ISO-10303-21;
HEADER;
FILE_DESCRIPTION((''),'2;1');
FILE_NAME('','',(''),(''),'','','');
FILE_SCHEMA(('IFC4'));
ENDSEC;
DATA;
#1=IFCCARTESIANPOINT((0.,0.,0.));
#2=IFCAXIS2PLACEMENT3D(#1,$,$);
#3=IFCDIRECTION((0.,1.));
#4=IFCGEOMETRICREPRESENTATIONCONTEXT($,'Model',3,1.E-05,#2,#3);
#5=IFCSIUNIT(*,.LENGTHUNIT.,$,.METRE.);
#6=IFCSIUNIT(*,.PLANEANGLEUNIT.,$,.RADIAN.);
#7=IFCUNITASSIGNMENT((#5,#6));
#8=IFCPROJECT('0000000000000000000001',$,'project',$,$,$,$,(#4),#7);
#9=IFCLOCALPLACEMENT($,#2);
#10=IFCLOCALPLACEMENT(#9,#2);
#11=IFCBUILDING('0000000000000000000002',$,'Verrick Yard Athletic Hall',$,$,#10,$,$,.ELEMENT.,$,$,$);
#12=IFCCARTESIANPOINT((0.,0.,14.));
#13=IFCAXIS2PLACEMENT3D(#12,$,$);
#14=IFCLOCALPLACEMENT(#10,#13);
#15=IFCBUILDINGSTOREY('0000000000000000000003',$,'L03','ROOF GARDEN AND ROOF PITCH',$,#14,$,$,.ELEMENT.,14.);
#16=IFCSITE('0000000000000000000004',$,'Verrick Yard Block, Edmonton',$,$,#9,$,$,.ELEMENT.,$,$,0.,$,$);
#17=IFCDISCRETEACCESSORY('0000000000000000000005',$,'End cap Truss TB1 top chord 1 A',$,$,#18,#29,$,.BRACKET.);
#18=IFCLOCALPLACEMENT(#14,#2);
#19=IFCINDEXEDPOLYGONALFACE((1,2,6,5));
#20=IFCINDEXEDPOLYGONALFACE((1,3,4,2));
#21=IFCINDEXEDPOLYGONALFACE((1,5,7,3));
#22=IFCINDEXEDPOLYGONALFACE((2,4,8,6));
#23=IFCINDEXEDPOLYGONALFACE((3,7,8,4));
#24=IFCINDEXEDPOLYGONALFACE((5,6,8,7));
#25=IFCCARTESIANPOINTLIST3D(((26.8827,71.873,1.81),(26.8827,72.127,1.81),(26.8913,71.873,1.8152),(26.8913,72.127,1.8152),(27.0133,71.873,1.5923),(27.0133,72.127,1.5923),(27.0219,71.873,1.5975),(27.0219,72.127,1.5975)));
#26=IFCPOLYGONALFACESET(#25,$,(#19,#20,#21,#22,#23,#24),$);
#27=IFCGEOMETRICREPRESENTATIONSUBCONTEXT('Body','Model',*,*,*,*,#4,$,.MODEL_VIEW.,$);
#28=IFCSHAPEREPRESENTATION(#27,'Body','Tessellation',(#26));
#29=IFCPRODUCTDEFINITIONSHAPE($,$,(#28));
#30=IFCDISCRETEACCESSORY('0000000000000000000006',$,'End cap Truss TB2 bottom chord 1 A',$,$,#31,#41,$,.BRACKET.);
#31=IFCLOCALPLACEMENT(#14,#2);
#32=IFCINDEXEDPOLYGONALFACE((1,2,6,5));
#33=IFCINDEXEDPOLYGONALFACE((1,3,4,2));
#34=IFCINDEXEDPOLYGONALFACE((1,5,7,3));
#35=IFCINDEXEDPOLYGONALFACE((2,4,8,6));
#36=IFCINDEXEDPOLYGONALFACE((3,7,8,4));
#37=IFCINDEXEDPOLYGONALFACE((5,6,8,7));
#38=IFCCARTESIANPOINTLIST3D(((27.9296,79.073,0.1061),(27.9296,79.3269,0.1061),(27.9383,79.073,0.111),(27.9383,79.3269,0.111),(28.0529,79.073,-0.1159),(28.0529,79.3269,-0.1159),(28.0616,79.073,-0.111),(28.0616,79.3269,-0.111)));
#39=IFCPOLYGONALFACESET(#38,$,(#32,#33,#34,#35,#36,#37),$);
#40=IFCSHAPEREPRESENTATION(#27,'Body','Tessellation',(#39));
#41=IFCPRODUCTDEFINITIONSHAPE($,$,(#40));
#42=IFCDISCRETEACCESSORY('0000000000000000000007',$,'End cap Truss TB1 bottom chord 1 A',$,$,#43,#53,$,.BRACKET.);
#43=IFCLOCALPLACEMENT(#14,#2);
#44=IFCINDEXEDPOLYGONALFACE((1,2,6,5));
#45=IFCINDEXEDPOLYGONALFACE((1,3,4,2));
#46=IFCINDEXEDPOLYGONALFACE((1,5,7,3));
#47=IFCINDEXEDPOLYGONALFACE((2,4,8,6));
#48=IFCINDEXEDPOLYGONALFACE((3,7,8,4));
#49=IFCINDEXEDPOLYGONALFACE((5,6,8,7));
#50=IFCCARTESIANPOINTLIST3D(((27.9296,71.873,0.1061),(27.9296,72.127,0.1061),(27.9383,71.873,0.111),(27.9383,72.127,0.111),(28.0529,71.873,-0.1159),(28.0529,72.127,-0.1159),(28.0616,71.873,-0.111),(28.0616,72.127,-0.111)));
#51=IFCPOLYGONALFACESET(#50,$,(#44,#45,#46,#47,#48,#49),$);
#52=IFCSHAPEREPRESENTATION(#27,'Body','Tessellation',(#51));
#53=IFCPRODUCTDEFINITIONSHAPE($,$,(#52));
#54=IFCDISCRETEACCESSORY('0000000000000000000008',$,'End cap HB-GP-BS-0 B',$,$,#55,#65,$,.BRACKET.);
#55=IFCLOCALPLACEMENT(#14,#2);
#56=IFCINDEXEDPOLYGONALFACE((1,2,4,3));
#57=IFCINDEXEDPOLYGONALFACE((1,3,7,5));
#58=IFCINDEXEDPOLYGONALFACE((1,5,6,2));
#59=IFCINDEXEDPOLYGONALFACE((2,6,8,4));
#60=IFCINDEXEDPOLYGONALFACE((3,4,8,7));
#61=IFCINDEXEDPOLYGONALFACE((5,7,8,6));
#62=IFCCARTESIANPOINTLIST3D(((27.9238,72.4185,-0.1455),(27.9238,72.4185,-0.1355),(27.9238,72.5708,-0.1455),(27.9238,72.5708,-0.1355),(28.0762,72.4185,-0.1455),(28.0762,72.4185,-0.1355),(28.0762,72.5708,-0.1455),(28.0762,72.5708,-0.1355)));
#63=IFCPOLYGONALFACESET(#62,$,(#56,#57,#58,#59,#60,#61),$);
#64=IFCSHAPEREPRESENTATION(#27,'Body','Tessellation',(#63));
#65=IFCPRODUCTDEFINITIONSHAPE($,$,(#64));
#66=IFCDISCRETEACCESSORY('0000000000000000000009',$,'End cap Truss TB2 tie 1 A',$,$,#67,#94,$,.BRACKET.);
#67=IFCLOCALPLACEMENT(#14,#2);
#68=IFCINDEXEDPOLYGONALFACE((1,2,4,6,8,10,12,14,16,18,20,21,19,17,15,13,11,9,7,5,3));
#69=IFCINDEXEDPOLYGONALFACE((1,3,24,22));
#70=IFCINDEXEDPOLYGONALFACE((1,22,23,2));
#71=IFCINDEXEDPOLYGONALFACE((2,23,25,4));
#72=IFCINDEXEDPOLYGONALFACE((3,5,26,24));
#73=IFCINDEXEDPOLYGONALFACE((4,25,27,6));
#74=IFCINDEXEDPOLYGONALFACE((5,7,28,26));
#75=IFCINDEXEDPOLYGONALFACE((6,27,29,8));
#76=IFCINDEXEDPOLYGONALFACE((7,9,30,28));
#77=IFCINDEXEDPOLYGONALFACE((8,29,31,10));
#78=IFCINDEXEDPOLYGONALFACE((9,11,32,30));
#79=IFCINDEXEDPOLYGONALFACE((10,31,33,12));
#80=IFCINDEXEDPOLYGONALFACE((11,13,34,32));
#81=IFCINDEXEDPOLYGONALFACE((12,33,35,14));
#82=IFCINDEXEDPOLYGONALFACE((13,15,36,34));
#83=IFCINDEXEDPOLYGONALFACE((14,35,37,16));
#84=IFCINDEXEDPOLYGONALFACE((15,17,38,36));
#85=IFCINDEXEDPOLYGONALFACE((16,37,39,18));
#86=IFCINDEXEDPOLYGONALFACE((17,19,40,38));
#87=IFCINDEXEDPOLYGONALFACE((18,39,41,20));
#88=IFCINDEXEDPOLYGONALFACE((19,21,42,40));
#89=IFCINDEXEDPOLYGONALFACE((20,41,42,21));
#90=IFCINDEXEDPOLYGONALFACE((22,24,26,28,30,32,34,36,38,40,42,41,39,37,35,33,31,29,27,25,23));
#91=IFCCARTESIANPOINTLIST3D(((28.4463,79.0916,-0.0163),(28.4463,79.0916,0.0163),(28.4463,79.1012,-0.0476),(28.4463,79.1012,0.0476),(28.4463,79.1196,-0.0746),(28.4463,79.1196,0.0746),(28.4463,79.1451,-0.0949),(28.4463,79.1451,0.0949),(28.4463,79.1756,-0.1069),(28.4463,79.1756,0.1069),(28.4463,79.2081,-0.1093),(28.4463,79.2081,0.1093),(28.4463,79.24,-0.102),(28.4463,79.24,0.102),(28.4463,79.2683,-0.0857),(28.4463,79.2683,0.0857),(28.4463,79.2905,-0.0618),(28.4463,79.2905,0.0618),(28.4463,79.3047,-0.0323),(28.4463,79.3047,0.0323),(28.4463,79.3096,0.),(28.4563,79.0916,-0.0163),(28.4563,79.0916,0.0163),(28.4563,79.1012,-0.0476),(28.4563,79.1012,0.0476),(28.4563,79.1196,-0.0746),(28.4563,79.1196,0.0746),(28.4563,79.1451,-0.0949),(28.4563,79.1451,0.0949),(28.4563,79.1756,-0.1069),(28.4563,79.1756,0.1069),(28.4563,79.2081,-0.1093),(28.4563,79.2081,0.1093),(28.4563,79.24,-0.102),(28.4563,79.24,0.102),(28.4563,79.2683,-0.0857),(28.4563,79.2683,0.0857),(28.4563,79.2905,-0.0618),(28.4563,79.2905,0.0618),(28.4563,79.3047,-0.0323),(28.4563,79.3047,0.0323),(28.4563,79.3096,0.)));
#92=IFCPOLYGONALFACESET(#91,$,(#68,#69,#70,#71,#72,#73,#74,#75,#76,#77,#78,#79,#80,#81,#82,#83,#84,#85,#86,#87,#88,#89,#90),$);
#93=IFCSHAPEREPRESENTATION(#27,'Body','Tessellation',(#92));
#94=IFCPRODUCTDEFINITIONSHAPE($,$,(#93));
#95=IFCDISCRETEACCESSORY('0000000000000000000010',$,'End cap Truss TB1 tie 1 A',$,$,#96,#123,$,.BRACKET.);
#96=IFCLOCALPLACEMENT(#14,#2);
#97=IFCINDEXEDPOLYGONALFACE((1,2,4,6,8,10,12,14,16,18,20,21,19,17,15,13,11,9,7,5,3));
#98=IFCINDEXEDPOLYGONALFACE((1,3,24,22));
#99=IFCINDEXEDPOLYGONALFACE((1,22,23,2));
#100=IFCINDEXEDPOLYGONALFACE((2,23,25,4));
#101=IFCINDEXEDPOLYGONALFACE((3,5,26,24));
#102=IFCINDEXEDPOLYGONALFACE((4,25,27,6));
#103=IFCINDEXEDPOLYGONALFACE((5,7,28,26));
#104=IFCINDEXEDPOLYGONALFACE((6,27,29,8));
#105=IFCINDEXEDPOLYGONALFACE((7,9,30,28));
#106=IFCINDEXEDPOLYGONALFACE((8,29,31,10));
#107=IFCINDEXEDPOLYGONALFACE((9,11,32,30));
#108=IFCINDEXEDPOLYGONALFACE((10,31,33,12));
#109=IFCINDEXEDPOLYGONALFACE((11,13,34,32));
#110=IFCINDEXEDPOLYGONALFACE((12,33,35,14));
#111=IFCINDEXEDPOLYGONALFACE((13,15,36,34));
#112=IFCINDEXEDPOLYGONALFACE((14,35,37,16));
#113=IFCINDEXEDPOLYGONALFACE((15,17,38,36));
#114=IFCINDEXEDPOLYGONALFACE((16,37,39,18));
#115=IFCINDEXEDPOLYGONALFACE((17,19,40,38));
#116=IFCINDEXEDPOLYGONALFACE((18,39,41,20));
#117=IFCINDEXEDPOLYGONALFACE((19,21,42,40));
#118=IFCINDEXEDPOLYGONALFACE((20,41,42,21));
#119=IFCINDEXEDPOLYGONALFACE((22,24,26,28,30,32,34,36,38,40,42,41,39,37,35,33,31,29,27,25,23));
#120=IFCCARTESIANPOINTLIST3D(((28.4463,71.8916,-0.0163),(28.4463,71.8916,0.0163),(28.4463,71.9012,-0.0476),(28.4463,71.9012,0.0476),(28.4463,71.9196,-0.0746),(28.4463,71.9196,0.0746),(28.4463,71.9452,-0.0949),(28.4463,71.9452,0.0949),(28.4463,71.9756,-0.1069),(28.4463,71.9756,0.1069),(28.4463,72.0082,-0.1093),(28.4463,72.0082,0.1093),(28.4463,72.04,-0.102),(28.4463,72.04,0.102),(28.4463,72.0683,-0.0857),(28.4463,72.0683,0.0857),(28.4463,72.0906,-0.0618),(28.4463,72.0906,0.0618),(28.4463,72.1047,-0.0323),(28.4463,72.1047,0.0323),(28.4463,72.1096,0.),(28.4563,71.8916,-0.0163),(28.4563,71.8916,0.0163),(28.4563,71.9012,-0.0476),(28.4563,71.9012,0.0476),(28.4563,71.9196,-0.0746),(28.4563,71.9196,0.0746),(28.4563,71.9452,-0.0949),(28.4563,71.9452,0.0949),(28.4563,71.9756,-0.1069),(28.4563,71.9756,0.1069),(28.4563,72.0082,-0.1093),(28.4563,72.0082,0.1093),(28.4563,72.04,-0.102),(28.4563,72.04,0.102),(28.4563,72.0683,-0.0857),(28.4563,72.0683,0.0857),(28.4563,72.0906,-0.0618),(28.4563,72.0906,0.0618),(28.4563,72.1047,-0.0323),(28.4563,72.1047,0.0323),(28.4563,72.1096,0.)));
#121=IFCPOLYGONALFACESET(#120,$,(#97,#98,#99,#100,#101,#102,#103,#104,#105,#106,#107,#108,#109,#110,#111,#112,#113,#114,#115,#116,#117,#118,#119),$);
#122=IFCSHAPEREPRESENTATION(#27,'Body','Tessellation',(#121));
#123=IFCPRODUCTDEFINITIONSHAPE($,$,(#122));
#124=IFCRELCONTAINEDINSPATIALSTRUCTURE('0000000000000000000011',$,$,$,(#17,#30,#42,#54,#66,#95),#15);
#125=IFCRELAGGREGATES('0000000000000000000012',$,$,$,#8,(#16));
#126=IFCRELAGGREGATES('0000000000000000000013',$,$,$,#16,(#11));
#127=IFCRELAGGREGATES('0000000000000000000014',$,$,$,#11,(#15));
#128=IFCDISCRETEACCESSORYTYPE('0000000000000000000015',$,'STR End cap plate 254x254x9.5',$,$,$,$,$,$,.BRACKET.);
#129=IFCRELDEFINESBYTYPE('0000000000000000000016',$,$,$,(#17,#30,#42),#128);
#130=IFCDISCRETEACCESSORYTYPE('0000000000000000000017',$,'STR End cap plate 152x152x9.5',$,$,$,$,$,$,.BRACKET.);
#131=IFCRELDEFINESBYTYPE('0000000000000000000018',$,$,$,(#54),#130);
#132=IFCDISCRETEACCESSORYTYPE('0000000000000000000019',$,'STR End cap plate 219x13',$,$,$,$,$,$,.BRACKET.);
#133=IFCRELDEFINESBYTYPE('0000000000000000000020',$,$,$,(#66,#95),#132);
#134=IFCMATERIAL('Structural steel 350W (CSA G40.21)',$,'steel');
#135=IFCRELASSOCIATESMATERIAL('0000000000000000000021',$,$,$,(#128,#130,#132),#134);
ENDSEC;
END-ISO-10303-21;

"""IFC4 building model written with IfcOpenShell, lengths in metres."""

from ifc_helpers import new_model, si_unit, direction, frame, origin, origin_2d, place, context, subcontext, project, spatial, rectangle, circle, extrude, material, material_profile, profile_set, type_object, element, save


model = new_model("IFC4")

# Units and contexts
model_context = context("Model", 3, precision=1e-05, world=origin(), true_north=direction((0.0, 1.0)))
body_context = subcontext(model_context, "Body", "Model", "MODEL_VIEW")
ifc_project = project(units=[si_unit("LENGTHUNIT", "METRE"), si_unit("PLANEANGLEUNIT", "RADIAN")], contexts=[model_context])

# Site, building, storey
site_placement = place(None, origin())
site = spatial("IfcSite", under=ifc_project, at=site_placement, Name="Verrick Yard Block, Edmonton", CompositionType="ELEMENT", RefElevation=0.0)
building_placement = place(site_placement, origin())
building = spatial("IfcBuilding", under=site, at=building_placement, Name="Verrick Yard Athletic Hall", CompositionType="ELEMENT")
storey_placement = place(building_placement, frame((0.0, 0.0, 14.0)))
storey = spatial("IfcBuildingStorey", under=building, at=storey_placement, Name="L03", Description="ROOF GARDEN AND ROOF PITCH", CompositionType="ELEMENT", Elevation=14.0)

# Discrete accessories
ifc_material_1 = material(Name="Structural steel 350W (CSA G40.21)", Category="steel")
ifc_material_profile_1 = material_profile(ifc_material_1, rectangle(XDim=0.2539, YDim=0.2539, at=origin_2d()), Name="STR End cap plate 254x254x9.5")
ifc_profile_set_1 = profile_set([ifc_material_profile_1], Name="Structural steel 350W (CSA G40.21)")
discrete_accessory_type_1 = type_object("IfcDiscreteAccessoryType", Name="STR End cap plate 254x254x9.5", PredefinedType="BRACKET", material=ifc_profile_set_1)
for number, where, z_axis, x_axis, name in (
    (1, (26.948, 72.0, 1.7012), (0.857493, 0.0, 0.514496), (0.0, 1.0, 0.0), "End cap Truss TB1 top chord 1 A"),
    (2, (27.9912, 79.2, -0.0049), (0.874157, 0.0, 0.485643), (0.0, 1.0, 0.0), "End cap Truss TB2 bottom chord 1 A"),
    (3, (27.9912, 72.0, -0.0049), (0.874157, 0.0, 0.485643), (0.0, 1.0, 0.0), "End cap Truss TB1 bottom chord 1 A"),
):
    element("IfcDiscreteAccessory", number, at=place(storey_placement, frame(where, z_axis=z_axis, x_axis=x_axis)), inside=storey, type_object=discrete_accessory_type_1, Name=name, PredefinedType="BRACKET", context=body_context, shape_type="SweptSolid", body=[
        extrude(rectangle(XDim=0.2539, YDim=0.2539, at=origin_2d()), origin(), (0.0, 0.0, 1.0), 0.01),
    ])
ifc_material_profile_2 = material_profile(ifc_material_1, rectangle(XDim=0.1523, YDim=0.1523, at=origin_2d()), Name="STR End cap plate 152x152x9.5")
ifc_profile_set_2 = profile_set([ifc_material_profile_2], Name="Structural steel 350W (CSA G40.21)")
discrete_accessory_type_2 = type_object("IfcDiscreteAccessoryType", Name="STR End cap plate 152x152x9.5", PredefinedType="BRACKET", material=ifc_profile_set_2)
discrete_accessory_1_placement = place(storey_placement, frame((28.0, 72.4946, -0.1455), z_axis=(0.0, 0.0, 1.0), x_axis=(1.0, 0.0, 0.0)))
element("IfcDiscreteAccessory", 4, at=discrete_accessory_1_placement, inside=storey, type_object=discrete_accessory_type_2, Name="End cap HB-GP-BS-0 B", PredefinedType="BRACKET", context=body_context, shape_type="SweptSolid", body=[
    extrude(rectangle(XDim=0.1523, YDim=0.1523, at=origin_2d()), origin(), (0.0, 0.0, 1.0), 0.01),
])
ifc_material_profile_3 = material_profile(ifc_material_1, circle(Radius=0.1096, at=origin_2d()), Name="STR End cap plate 219x13")
ifc_profile_set_3 = profile_set([ifc_material_profile_3], Name="Structural steel 350W (CSA G40.21)")
discrete_accessory_type_3 = type_object("IfcDiscreteAccessoryType", Name="STR End cap plate 219x13", PredefinedType="BRACKET", material=ifc_profile_set_3)
for number, where, z_axis, x_axis, name in (
    (5, (28.4463, 79.2, 0.0), (1.0, 0.0, 0.0), (0.0, 1.0, 0.0), "End cap Truss TB2 tie 1 A"),
    (6, (28.4463, 72.0, 0.0), (1.0, 0.0, 0.0), (0.0, 1.0, 0.0), "End cap Truss TB1 tie 1 A"),
):
    element("IfcDiscreteAccessory", number, at=place(storey_placement, frame(where, z_axis=z_axis, x_axis=x_axis)), inside=storey, type_object=discrete_accessory_type_3, Name=name, PredefinedType="BRACKET", context=body_context, shape_type="SweptSolid", body=[
        extrude(circle(Radius=0.1096, at=origin_2d()), origin(), (0.0, 0.0, 1.0), 0.01),
    ])

save(model, "model.ifc")
